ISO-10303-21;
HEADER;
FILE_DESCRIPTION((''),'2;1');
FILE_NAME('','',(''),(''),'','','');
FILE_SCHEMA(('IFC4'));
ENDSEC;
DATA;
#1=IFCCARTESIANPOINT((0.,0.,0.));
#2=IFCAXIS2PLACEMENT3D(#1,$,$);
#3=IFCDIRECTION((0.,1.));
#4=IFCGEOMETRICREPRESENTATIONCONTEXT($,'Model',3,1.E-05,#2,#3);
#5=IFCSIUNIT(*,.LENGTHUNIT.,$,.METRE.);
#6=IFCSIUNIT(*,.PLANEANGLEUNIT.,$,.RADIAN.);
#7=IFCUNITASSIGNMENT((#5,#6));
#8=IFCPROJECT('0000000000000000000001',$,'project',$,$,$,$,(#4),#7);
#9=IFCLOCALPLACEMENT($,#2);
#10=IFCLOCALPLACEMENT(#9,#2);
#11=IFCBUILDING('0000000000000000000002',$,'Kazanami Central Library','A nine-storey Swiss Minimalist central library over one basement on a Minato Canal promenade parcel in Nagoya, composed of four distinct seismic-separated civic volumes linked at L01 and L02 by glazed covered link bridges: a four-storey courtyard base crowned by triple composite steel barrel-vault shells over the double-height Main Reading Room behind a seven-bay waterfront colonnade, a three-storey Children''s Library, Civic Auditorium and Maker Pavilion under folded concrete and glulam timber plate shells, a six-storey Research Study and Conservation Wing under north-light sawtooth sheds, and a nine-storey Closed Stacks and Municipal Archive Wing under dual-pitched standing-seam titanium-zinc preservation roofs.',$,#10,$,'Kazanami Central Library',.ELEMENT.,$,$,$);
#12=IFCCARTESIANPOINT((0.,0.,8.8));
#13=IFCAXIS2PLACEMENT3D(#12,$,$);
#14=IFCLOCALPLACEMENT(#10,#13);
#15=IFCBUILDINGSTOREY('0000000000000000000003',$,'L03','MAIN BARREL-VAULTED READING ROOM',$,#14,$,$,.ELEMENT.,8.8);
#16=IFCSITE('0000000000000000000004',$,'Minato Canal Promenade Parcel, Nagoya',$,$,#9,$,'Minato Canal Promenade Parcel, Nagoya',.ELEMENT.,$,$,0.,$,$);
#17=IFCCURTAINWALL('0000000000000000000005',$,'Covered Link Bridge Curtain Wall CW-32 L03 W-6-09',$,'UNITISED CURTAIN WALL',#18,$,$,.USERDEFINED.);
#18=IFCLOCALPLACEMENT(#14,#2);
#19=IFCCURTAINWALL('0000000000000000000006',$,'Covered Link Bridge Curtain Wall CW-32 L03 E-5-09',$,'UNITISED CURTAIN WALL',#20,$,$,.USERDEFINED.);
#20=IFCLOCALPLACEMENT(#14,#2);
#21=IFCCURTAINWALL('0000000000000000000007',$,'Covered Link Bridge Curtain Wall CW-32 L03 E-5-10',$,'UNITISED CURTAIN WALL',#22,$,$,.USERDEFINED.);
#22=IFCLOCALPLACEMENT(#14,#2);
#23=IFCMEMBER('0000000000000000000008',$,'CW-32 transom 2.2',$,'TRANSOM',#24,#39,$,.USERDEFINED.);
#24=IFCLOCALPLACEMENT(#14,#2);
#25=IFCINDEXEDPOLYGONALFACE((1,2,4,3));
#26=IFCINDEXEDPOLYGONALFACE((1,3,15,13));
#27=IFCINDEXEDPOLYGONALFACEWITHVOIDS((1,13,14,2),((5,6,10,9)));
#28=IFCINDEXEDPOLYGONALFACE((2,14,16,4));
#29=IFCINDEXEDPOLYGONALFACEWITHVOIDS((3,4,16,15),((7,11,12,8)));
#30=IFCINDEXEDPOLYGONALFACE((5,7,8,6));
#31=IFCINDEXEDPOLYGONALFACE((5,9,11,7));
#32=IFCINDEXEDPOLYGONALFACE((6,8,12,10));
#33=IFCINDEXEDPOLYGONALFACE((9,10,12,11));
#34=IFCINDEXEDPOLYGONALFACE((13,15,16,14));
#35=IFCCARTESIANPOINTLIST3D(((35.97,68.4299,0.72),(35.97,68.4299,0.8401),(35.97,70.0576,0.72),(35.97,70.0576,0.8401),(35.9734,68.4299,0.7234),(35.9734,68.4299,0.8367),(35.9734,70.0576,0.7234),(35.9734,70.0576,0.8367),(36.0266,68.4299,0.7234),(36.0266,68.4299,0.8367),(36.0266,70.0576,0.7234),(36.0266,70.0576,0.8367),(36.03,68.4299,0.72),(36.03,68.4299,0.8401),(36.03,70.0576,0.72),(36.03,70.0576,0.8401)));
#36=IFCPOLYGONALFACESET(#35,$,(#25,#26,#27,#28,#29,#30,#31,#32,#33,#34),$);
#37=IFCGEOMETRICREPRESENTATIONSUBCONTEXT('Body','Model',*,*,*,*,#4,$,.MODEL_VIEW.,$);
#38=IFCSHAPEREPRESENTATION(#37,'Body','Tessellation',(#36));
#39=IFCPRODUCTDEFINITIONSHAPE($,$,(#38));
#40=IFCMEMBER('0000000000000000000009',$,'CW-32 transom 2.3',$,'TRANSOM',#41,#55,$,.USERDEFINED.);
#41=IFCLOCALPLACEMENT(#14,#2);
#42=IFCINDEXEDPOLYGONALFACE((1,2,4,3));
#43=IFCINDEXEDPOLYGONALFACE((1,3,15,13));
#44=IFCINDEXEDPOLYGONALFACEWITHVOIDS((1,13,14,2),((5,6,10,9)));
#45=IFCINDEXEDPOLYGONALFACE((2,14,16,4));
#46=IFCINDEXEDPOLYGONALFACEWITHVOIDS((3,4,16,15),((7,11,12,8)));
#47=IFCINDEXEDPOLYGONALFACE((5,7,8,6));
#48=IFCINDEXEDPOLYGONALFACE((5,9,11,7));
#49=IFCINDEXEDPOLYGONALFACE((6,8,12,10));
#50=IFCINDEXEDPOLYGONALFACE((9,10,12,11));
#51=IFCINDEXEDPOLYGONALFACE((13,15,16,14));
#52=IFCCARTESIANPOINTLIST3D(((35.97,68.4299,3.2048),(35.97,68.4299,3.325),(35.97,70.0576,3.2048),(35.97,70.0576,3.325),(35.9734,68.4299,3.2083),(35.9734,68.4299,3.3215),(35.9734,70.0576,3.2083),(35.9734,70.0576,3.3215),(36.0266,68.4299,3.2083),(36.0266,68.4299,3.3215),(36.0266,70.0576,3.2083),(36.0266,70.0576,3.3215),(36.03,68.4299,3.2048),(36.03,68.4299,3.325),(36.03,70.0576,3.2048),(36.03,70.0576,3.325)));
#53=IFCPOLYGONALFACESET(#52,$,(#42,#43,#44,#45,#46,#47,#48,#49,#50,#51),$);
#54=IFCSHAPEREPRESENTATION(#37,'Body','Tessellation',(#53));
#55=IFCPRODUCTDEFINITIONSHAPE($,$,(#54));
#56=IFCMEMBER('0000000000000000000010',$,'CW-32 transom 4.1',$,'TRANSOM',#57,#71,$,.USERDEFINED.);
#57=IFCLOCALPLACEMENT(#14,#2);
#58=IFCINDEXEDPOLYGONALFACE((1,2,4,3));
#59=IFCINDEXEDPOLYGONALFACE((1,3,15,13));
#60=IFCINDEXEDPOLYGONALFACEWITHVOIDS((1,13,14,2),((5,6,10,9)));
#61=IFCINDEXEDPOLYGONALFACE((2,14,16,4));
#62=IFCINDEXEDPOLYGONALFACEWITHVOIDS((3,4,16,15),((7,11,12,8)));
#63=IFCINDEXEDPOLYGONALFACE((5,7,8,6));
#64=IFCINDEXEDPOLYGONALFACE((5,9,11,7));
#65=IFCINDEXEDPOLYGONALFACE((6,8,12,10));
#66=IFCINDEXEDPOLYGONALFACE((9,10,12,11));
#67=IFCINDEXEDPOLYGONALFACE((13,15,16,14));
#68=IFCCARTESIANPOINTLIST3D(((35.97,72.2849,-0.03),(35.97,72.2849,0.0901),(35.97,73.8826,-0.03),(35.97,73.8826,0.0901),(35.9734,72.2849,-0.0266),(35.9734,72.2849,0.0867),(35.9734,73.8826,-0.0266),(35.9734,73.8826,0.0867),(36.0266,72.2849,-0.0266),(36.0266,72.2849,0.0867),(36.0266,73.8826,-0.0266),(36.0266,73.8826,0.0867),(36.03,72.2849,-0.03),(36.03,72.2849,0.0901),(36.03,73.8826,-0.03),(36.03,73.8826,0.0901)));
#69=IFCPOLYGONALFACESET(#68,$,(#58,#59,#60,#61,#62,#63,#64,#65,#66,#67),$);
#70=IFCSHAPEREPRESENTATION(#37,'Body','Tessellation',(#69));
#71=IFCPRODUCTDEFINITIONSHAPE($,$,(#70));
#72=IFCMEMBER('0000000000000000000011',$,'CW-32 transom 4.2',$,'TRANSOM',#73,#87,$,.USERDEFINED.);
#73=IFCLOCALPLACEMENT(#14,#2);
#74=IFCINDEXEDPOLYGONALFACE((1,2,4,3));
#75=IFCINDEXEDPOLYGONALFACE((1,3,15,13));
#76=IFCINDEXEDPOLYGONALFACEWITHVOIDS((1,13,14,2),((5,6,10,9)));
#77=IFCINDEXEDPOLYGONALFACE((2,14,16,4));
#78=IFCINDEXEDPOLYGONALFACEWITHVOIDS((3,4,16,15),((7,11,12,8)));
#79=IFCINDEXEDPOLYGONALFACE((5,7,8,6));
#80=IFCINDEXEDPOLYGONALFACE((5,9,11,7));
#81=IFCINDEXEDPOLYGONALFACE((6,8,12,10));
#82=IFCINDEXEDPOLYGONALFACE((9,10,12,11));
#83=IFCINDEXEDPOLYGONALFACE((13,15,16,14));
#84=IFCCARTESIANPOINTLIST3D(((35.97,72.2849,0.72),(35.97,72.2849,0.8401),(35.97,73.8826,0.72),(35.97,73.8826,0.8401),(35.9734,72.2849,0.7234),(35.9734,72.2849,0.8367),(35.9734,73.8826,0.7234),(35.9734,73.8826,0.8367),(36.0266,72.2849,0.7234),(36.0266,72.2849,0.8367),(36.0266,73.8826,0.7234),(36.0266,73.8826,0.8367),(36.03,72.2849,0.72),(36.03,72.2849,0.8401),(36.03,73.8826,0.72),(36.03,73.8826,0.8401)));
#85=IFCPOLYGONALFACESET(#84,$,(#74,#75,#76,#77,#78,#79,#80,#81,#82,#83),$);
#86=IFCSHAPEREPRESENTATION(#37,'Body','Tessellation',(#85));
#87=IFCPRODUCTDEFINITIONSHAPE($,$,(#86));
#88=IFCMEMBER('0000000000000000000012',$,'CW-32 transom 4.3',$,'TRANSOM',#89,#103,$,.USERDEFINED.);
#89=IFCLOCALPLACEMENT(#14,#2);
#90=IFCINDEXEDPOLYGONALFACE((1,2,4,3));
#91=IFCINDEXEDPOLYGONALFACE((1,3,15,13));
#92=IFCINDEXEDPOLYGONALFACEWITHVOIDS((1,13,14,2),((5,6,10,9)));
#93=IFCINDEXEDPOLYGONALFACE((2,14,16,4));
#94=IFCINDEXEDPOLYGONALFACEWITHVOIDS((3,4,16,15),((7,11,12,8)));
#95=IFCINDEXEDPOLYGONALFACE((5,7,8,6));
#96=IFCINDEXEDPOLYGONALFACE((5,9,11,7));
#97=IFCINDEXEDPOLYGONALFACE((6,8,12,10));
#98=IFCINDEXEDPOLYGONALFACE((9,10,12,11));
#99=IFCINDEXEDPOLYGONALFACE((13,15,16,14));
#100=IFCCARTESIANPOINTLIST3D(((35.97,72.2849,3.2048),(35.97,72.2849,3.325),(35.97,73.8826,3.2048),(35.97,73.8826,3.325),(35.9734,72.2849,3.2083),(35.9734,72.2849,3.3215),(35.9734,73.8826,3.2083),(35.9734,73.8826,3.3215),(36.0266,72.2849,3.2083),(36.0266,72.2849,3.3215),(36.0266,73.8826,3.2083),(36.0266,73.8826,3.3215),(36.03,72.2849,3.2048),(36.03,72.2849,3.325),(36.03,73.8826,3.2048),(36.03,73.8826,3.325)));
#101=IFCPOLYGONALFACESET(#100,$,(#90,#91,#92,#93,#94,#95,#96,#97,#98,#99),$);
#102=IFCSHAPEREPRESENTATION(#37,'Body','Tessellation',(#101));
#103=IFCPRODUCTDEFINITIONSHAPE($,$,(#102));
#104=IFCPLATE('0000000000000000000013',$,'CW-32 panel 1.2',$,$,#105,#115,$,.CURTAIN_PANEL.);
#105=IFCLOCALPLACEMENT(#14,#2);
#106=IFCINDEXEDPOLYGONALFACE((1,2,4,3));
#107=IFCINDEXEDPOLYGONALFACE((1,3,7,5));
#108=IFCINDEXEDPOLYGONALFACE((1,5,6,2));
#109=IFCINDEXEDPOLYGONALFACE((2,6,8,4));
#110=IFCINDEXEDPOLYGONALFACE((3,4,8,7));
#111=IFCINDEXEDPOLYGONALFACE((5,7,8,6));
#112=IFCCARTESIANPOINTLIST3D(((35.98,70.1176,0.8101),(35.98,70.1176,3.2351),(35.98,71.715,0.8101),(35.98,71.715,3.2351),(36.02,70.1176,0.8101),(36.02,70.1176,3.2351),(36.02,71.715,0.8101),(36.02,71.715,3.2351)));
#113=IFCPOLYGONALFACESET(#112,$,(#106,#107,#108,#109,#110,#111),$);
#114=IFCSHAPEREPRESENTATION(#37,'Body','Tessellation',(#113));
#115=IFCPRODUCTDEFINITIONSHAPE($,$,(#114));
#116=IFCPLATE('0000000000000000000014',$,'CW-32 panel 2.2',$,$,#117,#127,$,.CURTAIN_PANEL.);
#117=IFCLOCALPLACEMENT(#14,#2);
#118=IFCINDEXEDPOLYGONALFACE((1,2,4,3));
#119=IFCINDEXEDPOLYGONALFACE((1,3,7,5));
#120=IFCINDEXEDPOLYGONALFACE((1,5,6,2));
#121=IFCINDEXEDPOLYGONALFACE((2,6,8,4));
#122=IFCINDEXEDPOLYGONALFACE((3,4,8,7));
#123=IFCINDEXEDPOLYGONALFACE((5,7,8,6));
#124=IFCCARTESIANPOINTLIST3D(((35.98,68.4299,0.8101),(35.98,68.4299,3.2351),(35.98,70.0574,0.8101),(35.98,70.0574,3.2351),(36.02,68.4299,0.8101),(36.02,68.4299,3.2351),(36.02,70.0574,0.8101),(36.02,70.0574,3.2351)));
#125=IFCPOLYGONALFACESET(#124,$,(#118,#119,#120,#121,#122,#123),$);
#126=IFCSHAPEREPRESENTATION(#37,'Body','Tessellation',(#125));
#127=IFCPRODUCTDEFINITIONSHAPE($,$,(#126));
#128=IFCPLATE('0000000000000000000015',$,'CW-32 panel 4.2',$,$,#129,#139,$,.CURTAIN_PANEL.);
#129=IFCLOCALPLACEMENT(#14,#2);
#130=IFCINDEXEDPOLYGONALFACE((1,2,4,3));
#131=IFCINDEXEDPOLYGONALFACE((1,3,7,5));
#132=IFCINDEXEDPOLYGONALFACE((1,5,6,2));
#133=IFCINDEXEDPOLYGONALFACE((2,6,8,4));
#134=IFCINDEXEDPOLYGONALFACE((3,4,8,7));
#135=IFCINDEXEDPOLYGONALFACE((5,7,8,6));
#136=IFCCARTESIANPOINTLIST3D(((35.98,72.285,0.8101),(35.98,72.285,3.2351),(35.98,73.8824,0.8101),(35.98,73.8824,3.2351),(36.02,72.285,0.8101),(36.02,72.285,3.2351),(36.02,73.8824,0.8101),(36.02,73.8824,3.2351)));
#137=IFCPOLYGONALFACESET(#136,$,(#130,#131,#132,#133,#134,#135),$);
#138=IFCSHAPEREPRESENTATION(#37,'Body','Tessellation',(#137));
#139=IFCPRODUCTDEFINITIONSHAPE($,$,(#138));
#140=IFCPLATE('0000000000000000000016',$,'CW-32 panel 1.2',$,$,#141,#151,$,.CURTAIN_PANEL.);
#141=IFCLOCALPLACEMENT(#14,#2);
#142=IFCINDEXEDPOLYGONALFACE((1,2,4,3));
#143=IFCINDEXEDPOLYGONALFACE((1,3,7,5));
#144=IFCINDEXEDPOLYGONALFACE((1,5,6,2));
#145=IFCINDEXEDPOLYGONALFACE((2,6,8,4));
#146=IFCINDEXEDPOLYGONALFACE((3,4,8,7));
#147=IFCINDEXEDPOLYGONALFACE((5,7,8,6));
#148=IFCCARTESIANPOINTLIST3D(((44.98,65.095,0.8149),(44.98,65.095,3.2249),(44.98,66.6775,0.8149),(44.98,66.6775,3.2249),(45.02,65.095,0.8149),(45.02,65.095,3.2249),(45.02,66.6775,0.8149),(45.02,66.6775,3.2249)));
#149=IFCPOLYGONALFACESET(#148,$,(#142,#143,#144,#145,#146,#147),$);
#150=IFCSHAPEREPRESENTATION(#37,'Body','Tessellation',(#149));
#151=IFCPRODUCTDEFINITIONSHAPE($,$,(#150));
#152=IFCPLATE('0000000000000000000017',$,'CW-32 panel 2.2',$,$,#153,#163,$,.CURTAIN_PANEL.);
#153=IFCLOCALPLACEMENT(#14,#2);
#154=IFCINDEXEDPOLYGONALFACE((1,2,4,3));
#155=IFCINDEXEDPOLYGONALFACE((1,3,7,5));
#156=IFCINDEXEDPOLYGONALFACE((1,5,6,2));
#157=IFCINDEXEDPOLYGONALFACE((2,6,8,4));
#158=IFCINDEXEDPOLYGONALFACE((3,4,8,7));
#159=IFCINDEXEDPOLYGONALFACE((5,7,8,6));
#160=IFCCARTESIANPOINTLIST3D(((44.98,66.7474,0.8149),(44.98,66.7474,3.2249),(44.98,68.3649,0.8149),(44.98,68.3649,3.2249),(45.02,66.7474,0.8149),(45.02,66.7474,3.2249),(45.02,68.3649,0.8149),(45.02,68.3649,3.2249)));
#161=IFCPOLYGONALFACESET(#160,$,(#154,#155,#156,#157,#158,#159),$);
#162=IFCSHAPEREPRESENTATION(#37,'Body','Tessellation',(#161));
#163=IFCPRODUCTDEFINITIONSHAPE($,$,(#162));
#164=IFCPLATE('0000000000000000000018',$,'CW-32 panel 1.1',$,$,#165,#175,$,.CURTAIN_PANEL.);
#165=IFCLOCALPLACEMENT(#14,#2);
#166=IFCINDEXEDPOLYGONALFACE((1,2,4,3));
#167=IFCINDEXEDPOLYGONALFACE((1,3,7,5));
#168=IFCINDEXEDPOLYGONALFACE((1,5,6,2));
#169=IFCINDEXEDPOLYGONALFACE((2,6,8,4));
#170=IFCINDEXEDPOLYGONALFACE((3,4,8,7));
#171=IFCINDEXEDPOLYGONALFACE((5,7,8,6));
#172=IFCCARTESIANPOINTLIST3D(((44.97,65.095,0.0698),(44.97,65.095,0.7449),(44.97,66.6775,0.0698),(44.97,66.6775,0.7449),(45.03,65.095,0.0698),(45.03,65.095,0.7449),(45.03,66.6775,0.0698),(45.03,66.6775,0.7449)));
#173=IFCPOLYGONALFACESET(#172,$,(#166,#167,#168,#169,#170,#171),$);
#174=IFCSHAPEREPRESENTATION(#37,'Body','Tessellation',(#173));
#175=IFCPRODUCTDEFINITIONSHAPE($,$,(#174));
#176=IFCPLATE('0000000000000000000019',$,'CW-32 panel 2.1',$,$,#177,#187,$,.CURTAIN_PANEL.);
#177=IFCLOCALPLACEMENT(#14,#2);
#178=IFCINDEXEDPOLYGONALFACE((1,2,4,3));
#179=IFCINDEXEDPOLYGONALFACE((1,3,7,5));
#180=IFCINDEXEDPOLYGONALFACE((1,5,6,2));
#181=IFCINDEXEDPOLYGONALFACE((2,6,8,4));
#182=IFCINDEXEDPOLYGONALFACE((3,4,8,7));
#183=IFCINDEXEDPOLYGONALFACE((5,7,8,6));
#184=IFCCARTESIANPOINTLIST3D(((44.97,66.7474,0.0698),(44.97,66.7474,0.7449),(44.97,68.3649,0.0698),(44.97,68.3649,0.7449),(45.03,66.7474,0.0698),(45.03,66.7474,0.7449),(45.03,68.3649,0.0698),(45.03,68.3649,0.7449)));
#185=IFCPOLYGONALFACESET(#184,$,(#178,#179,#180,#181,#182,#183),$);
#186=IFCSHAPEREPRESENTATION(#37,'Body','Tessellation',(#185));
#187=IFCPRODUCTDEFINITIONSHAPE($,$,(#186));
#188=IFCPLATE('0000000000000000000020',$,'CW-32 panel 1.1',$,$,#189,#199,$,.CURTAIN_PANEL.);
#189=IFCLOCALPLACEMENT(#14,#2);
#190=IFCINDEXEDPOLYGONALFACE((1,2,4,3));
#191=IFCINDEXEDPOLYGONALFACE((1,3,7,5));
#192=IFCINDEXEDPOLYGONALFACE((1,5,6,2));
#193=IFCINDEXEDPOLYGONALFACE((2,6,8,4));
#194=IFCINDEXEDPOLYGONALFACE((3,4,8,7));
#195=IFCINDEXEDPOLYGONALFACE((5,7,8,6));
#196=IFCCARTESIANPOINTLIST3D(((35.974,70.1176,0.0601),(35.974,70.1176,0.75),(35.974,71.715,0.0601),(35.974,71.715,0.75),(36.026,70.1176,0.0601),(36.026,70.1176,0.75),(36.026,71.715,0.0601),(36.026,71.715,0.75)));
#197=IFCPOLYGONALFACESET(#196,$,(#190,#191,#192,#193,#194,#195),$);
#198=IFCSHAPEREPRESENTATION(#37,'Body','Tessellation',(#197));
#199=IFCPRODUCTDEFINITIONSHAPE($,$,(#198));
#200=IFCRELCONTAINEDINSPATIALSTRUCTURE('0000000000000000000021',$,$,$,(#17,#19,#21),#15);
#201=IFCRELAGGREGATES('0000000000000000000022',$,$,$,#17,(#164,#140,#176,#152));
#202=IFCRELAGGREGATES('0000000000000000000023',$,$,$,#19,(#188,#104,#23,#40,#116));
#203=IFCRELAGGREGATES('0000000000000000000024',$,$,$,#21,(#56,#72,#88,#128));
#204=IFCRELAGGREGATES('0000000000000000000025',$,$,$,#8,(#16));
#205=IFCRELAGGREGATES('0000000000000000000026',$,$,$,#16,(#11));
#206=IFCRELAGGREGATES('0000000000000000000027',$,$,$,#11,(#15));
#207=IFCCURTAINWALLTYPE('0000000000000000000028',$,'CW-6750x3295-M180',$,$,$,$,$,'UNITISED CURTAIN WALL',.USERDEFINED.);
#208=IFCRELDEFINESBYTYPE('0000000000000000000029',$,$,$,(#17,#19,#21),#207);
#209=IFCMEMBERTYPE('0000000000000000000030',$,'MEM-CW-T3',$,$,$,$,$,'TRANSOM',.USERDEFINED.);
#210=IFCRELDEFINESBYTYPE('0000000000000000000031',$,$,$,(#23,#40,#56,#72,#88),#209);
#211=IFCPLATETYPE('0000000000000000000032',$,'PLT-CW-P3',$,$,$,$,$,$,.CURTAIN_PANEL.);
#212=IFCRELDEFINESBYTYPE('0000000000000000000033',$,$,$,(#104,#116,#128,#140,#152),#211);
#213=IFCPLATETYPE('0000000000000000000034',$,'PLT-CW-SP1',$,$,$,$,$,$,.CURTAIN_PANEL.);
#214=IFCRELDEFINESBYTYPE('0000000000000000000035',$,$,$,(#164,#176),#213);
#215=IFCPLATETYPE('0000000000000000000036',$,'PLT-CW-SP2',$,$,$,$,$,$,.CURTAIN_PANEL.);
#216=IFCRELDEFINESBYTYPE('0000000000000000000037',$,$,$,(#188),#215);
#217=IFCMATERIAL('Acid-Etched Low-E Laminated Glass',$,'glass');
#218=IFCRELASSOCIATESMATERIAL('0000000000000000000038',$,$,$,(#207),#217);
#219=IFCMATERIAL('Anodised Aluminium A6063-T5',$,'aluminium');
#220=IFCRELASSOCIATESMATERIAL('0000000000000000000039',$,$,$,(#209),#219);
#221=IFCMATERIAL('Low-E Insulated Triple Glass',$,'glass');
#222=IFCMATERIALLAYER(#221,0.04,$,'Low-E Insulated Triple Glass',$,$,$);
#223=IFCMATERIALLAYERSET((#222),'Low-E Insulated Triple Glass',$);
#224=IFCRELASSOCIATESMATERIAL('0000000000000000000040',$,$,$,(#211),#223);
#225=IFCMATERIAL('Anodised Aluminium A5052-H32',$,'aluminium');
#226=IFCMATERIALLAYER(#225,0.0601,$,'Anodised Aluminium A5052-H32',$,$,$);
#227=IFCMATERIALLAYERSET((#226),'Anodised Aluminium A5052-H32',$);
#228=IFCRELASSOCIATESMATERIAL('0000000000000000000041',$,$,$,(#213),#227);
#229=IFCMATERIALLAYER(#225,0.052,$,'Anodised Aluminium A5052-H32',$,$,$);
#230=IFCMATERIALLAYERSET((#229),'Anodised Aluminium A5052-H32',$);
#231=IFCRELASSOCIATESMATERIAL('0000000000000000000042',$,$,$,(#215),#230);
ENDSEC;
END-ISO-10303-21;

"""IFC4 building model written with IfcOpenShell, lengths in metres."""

from ifc_helpers import new_model, si_unit, direction, frame, origin, origin_2d, place, context, subcontext, project, spatial, rectangle, hollow_rectangle, extrude, material, layer, layer_set, material_profile, profile_set, type_object, element, aggregate, save


model = new_model("IFC4")

# Units and contexts
model_context = context("Model", 3, precision=1e-05, world=origin(), true_north=direction((0.0, 1.0)))
body_context = subcontext(model_context, "Body", "Model", "MODEL_VIEW")
ifc_project = project(units=[si_unit("LENGTHUNIT", "METRE"), si_unit("PLANEANGLEUNIT", "RADIAN")], contexts=[model_context])

# Site, building, storey
site_placement = place(None, origin())
site = spatial("IfcSite", under=ifc_project, at=site_placement, Name="Minato Canal Promenade Parcel, Nagoya", LongName="Minato Canal Promenade Parcel, Nagoya", CompositionType="ELEMENT", RefElevation=0.0)
building_placement = place(site_placement, origin())
building = spatial("IfcBuilding", under=site, at=building_placement, Name="Kazanami Central Library", Description="A nine-storey Swiss Minimalist central library over one basement on a Minato Canal promenade parcel in Nagoya, composed of four distinct seismic-separated civic volumes linked at L01 and L02 by glazed covered link bridges: a four-storey courtyard base crowned by triple composite steel barrel-vault shells over the double-height Main Reading Room behind a seven-bay waterfront colonnade, a three-storey Children's Library, Civic Auditorium and Maker Pavilion under folded concrete and glulam timber plate shells, a six-storey Research Study and Conservation Wing under north-light sawtooth sheds, and a nine-storey Closed Stacks and Municipal Archive Wing under dual-pitched standing-seam titanium-zinc preservation roofs.", LongName="Kazanami Central Library", CompositionType="ELEMENT")
storey_placement = place(building_placement, frame((0.0, 0.0, 8.8)))
storey = spatial("IfcBuildingStorey", under=building, at=storey_placement, Name="L03", Description="MAIN BARREL-VAULTED READING ROOM", CompositionType="ELEMENT", Elevation=8.8)

# Curtain walls
ifc_material_1 = material(Name="Acid-Etched Low-E Laminated Glass", Category="glass")
curtain_wall_type = type_object("IfcCurtainWallType", Name="CW-6750x3295-M180", ElementType="UNITISED CURTAIN WALL", PredefinedType="USERDEFINED", material=ifc_material_1)
curtain_wall_1_placement = place(storey_placement, origin())
curtain_wall_1 = element("IfcCurtainWall", 1, at=curtain_wall_1_placement, inside=storey, type_object=curtain_wall_type, Name="Covered Link Bridge Curtain Wall CW-32 L03 W-6-09", ObjectType="UNITISED CURTAIN WALL", PredefinedType="USERDEFINED")
ifc_material_2 = material(Name="Anodised Aluminium A6063-T5", Category="aluminium")
curtain_wall_2_placement = place(storey_placement, origin())
curtain_wall_2 = element("IfcCurtainWall", 2, at=curtain_wall_2_placement, inside=storey, type_object=curtain_wall_type, Name="Covered Link Bridge Curtain Wall CW-32 L03 E-5-09", ObjectType="UNITISED CURTAIN WALL", PredefinedType="USERDEFINED")
curtain_wall_3_placement = place(storey_placement, origin())
curtain_wall_3 = element("IfcCurtainWall", 3, at=curtain_wall_3_placement, inside=storey, type_object=curtain_wall_type, Name="Covered Link Bridge Curtain Wall CW-32 L03 E-5-10", ObjectType="UNITISED CURTAIN WALL", PredefinedType="USERDEFINED")

# Members
ifc_material_profile_1 = material_profile(ifc_material_2, hollow_rectangle(XDim=0.0601, YDim=0.1201, WallThickness=0.0034, at=origin_2d()), Name="ALU-TRAN-60x120x3.5")
ifc_profile_set_1 = profile_set([ifc_material_profile_1], Name="Anodised Aluminium A6063-T5")
member_type_1 = type_object("IfcMemberType", Name="MEM-CW-T3", ElementType="TRANSOM", PredefinedType="USERDEFINED", material=ifc_profile_set_1)
member_1_placement = place(storey_placement, frame((36.0, 70.0576, 0.78), z_axis=(0.0, -1.0, 0.0), x_axis=(1.0, 0.0, 0.0)))
member_1 = element("IfcMember", 4, at=member_1_placement, type_object=member_type_1, Name="CW-32 transom 2.2", ObjectType="TRANSOM", PredefinedType="USERDEFINED", context=body_context, shape_type="SweptSolid", body=[
    extrude(hollow_rectangle(XDim=0.0601, YDim=0.1201, WallThickness=0.0034, at=origin_2d()), origin(), (0.0, 0.0, 1.0), 1.6277),
])
member_2_placement = place(storey_placement, frame((36.0, 70.0576, 3.2649), z_axis=(0.0, -1.0, 0.0), x_axis=(1.0, 0.0, 0.0)))
member_2 = element("IfcMember", 5, at=member_2_placement, type_object=member_type_1, Name="CW-32 transom 2.3", ObjectType="TRANSOM", PredefinedType="USERDEFINED", context=body_context, shape_type="SweptSolid", body=[
    extrude(hollow_rectangle(XDim=0.0601, YDim=0.1201, WallThickness=0.0034, at=origin_2d()), origin(), (0.0, 0.0, 1.0), 1.6277),
])
member_3_placement = place(storey_placement, frame((36.0, 73.8826, 0.03), z_axis=(0.0, -1.0, 0.0), x_axis=(1.0, 0.0, 0.0)))
member_3 = element("IfcMember", 6, at=member_3_placement, type_object=member_type_1, Name="CW-32 transom 4.1", ObjectType="TRANSOM", PredefinedType="USERDEFINED", context=body_context, shape_type="SweptSolid", body=[
    extrude(hollow_rectangle(XDim=0.0601, YDim=0.1201, WallThickness=0.0034, at=origin_2d()), origin(), (0.0, 0.0, 1.0), 1.5977),
])
member_4_placement = place(storey_placement, frame((36.0, 73.8826, 0.78), z_axis=(0.0, -1.0, 0.0), x_axis=(1.0, 0.0, 0.0)))
member_4 = element("IfcMember", 7, at=member_4_placement, type_object=member_type_1, Name="CW-32 transom 4.2", ObjectType="TRANSOM", PredefinedType="USERDEFINED", context=body_context, shape_type="SweptSolid", body=[
    extrude(hollow_rectangle(XDim=0.0601, YDim=0.1201, WallThickness=0.0034, at=origin_2d()), origin(), (0.0, 0.0, 1.0), 1.5977),
])
member_5_placement = place(storey_placement, frame((36.0, 73.8826, 3.2649), z_axis=(0.0, -1.0, 0.0), x_axis=(1.0, 0.0, 0.0)))
member_5 = element("IfcMember", 8, at=member_5_placement, type_object=member_type_1, Name="CW-32 transom 4.3", ObjectType="TRANSOM", PredefinedType="USERDEFINED", context=body_context, shape_type="SweptSolid", body=[
    extrude(hollow_rectangle(XDim=0.0601, YDim=0.1201, WallThickness=0.0034, at=origin_2d()), origin(), (0.0, 0.0, 1.0), 1.5977),
])

# Plates
ifc_material_3 = material(Name="Low-E Insulated Triple Glass", Category="glass")
ifc_layer_1 = layer(ifc_material_3, 0.04, Name="Low-E Insulated Triple Glass")
ifc_layer_set_1 = layer_set([ifc_layer_1], Name="Low-E Insulated Triple Glass")
plate_type_1 = type_object("IfcPlateType", Name="PLT-CW-P3", PredefinedType="CURTAIN_PANEL", material=ifc_layer_set_1)
plate_1_placement = place(storey_placement, frame((36.0, 70.9163, 0.8101), z_axis=(0.0, 0.0, 1.0), x_axis=(0.0, -1.0, 0.0)))
plate_1 = element("IfcPlate", 9, at=plate_1_placement, type_object=plate_type_1, Name="CW-32 panel 1.2", PredefinedType="CURTAIN_PANEL", context=body_context, shape_type="SweptSolid", body=[
    extrude(rectangle(XDim=1.5974, YDim=0.04, at=origin_2d()), origin(), (0.0, 0.0, 1.0), 2.425),
])
plate_2_placement = place(storey_placement, frame((36.0, 69.2437, 0.8101), z_axis=(0.0, 0.0, 1.0), x_axis=(0.0, -1.0, 0.0)))
plate_2 = element("IfcPlate", 10, at=plate_2_placement, type_object=plate_type_1, Name="CW-32 panel 2.2", PredefinedType="CURTAIN_PANEL", context=body_context, shape_type="SweptSolid", body=[
    extrude(rectangle(XDim=1.6274, YDim=0.04, at=origin_2d()), origin(), (0.0, 0.0, 1.0), 2.425),
])
plate_3_placement = place(storey_placement, frame((36.0, 73.0837, 0.8101), z_axis=(0.0, 0.0, 1.0), x_axis=(0.0, -1.0, 0.0)))
plate_3 = element("IfcPlate", 11, at=plate_3_placement, type_object=plate_type_1, Name="CW-32 panel 4.2", PredefinedType="CURTAIN_PANEL", context=body_context, shape_type="SweptSolid", body=[
    extrude(rectangle(XDim=1.5974, YDim=0.04, at=origin_2d()), origin(), (0.0, 0.0, 1.0), 2.425),
])
plate_4_placement = place(storey_placement, frame((45.0, 65.8862, 0.8149), z_axis=(0.0, 0.0, 1.0), x_axis=(0.0, 1.0, 0.0)))
plate_4 = element("IfcPlate", 12, at=plate_4_placement, type_object=plate_type_1, Name="CW-32 panel 1.2", PredefinedType="CURTAIN_PANEL", context=body_context, shape_type="SweptSolid", body=[
    extrude(rectangle(XDim=1.5825, YDim=0.04, at=origin_2d()), origin(), (0.0, 0.0, 1.0), 2.4099),
])
plate_5_placement = place(storey_placement, frame((45.0, 67.5562, 0.8149), z_axis=(0.0, 0.0, 1.0), x_axis=(0.0, 1.0, 0.0)))
plate_5 = element("IfcPlate", 13, at=plate_5_placement, type_object=plate_type_1, Name="CW-32 panel 2.2", PredefinedType="CURTAIN_PANEL", context=body_context, shape_type="SweptSolid", body=[
    extrude(rectangle(XDim=1.6174, YDim=0.04, at=origin_2d()), origin(), (0.0, 0.0, 1.0), 2.4099),
])
ifc_material_4 = material(Name="Anodised Aluminium A5052-H32", Category="aluminium")
ifc_layer_2 = layer(ifc_material_4, 0.0601, Name="Anodised Aluminium A5052-H32")
ifc_layer_set_2 = layer_set([ifc_layer_2], Name="Anodised Aluminium A5052-H32")
plate_type_2 = type_object("IfcPlateType", Name="PLT-CW-SP1", PredefinedType="CURTAIN_PANEL", material=ifc_layer_set_2)
plate_6_placement = place(storey_placement, frame((45.0, 65.8862, 0.0698), z_axis=(0.0, 0.0, 1.0), x_axis=(0.0, 1.0, 0.0)))
plate_6 = element("IfcPlate", 14, at=plate_6_placement, type_object=plate_type_2, Name="CW-32 panel 1.1", PredefinedType="CURTAIN_PANEL", context=body_context, shape_type="SweptSolid", body=[
    extrude(rectangle(XDim=1.5825, YDim=0.0601, at=origin_2d()), origin(), (0.0, 0.0, 1.0), 0.675),
])
plate_7_placement = place(storey_placement, frame((45.0, 67.5562, 0.0698), z_axis=(0.0, 0.0, 1.0), x_axis=(0.0, 1.0, 0.0)))
plate_7 = element("IfcPlate", 15, at=plate_7_placement, type_object=plate_type_2, Name="CW-32 panel 2.1", PredefinedType="CURTAIN_PANEL", context=body_context, shape_type="SweptSolid", body=[
    extrude(rectangle(XDim=1.6174, YDim=0.0601, at=origin_2d()), origin(), (0.0, 0.0, 1.0), 0.675),
])
aggregate(curtain_wall_1, [plate_6, plate_4, plate_7, plate_5])
ifc_layer_3 = layer(ifc_material_4, 0.052, Name="Anodised Aluminium A5052-H32")
ifc_layer_set_3 = layer_set([ifc_layer_3], Name="Anodised Aluminium A5052-H32")
plate_type_3 = type_object("IfcPlateType", Name="PLT-CW-SP2", PredefinedType="CURTAIN_PANEL", material=ifc_layer_set_3)
plate_8_placement = place(storey_placement, frame((36.0, 70.9163, 0.0601), z_axis=(0.0, 0.0, 1.0), x_axis=(0.0, -1.0, 0.0)))
plate_8 = element("IfcPlate", 16, at=plate_8_placement, type_object=plate_type_3, Name="CW-32 panel 1.1", PredefinedType="CURTAIN_PANEL", context=body_context, shape_type="SweptSolid", body=[
    extrude(rectangle(XDim=1.5974, YDim=0.052, at=origin_2d()), origin(), (0.0, 0.0, 1.0), 0.6899),
])
aggregate(curtain_wall_2, [plate_8, plate_1, member_1, member_2, plate_2])
aggregate(curtain_wall_3, [member_3, member_4, member_5, plate_3])

save(model, "model.ifc")
